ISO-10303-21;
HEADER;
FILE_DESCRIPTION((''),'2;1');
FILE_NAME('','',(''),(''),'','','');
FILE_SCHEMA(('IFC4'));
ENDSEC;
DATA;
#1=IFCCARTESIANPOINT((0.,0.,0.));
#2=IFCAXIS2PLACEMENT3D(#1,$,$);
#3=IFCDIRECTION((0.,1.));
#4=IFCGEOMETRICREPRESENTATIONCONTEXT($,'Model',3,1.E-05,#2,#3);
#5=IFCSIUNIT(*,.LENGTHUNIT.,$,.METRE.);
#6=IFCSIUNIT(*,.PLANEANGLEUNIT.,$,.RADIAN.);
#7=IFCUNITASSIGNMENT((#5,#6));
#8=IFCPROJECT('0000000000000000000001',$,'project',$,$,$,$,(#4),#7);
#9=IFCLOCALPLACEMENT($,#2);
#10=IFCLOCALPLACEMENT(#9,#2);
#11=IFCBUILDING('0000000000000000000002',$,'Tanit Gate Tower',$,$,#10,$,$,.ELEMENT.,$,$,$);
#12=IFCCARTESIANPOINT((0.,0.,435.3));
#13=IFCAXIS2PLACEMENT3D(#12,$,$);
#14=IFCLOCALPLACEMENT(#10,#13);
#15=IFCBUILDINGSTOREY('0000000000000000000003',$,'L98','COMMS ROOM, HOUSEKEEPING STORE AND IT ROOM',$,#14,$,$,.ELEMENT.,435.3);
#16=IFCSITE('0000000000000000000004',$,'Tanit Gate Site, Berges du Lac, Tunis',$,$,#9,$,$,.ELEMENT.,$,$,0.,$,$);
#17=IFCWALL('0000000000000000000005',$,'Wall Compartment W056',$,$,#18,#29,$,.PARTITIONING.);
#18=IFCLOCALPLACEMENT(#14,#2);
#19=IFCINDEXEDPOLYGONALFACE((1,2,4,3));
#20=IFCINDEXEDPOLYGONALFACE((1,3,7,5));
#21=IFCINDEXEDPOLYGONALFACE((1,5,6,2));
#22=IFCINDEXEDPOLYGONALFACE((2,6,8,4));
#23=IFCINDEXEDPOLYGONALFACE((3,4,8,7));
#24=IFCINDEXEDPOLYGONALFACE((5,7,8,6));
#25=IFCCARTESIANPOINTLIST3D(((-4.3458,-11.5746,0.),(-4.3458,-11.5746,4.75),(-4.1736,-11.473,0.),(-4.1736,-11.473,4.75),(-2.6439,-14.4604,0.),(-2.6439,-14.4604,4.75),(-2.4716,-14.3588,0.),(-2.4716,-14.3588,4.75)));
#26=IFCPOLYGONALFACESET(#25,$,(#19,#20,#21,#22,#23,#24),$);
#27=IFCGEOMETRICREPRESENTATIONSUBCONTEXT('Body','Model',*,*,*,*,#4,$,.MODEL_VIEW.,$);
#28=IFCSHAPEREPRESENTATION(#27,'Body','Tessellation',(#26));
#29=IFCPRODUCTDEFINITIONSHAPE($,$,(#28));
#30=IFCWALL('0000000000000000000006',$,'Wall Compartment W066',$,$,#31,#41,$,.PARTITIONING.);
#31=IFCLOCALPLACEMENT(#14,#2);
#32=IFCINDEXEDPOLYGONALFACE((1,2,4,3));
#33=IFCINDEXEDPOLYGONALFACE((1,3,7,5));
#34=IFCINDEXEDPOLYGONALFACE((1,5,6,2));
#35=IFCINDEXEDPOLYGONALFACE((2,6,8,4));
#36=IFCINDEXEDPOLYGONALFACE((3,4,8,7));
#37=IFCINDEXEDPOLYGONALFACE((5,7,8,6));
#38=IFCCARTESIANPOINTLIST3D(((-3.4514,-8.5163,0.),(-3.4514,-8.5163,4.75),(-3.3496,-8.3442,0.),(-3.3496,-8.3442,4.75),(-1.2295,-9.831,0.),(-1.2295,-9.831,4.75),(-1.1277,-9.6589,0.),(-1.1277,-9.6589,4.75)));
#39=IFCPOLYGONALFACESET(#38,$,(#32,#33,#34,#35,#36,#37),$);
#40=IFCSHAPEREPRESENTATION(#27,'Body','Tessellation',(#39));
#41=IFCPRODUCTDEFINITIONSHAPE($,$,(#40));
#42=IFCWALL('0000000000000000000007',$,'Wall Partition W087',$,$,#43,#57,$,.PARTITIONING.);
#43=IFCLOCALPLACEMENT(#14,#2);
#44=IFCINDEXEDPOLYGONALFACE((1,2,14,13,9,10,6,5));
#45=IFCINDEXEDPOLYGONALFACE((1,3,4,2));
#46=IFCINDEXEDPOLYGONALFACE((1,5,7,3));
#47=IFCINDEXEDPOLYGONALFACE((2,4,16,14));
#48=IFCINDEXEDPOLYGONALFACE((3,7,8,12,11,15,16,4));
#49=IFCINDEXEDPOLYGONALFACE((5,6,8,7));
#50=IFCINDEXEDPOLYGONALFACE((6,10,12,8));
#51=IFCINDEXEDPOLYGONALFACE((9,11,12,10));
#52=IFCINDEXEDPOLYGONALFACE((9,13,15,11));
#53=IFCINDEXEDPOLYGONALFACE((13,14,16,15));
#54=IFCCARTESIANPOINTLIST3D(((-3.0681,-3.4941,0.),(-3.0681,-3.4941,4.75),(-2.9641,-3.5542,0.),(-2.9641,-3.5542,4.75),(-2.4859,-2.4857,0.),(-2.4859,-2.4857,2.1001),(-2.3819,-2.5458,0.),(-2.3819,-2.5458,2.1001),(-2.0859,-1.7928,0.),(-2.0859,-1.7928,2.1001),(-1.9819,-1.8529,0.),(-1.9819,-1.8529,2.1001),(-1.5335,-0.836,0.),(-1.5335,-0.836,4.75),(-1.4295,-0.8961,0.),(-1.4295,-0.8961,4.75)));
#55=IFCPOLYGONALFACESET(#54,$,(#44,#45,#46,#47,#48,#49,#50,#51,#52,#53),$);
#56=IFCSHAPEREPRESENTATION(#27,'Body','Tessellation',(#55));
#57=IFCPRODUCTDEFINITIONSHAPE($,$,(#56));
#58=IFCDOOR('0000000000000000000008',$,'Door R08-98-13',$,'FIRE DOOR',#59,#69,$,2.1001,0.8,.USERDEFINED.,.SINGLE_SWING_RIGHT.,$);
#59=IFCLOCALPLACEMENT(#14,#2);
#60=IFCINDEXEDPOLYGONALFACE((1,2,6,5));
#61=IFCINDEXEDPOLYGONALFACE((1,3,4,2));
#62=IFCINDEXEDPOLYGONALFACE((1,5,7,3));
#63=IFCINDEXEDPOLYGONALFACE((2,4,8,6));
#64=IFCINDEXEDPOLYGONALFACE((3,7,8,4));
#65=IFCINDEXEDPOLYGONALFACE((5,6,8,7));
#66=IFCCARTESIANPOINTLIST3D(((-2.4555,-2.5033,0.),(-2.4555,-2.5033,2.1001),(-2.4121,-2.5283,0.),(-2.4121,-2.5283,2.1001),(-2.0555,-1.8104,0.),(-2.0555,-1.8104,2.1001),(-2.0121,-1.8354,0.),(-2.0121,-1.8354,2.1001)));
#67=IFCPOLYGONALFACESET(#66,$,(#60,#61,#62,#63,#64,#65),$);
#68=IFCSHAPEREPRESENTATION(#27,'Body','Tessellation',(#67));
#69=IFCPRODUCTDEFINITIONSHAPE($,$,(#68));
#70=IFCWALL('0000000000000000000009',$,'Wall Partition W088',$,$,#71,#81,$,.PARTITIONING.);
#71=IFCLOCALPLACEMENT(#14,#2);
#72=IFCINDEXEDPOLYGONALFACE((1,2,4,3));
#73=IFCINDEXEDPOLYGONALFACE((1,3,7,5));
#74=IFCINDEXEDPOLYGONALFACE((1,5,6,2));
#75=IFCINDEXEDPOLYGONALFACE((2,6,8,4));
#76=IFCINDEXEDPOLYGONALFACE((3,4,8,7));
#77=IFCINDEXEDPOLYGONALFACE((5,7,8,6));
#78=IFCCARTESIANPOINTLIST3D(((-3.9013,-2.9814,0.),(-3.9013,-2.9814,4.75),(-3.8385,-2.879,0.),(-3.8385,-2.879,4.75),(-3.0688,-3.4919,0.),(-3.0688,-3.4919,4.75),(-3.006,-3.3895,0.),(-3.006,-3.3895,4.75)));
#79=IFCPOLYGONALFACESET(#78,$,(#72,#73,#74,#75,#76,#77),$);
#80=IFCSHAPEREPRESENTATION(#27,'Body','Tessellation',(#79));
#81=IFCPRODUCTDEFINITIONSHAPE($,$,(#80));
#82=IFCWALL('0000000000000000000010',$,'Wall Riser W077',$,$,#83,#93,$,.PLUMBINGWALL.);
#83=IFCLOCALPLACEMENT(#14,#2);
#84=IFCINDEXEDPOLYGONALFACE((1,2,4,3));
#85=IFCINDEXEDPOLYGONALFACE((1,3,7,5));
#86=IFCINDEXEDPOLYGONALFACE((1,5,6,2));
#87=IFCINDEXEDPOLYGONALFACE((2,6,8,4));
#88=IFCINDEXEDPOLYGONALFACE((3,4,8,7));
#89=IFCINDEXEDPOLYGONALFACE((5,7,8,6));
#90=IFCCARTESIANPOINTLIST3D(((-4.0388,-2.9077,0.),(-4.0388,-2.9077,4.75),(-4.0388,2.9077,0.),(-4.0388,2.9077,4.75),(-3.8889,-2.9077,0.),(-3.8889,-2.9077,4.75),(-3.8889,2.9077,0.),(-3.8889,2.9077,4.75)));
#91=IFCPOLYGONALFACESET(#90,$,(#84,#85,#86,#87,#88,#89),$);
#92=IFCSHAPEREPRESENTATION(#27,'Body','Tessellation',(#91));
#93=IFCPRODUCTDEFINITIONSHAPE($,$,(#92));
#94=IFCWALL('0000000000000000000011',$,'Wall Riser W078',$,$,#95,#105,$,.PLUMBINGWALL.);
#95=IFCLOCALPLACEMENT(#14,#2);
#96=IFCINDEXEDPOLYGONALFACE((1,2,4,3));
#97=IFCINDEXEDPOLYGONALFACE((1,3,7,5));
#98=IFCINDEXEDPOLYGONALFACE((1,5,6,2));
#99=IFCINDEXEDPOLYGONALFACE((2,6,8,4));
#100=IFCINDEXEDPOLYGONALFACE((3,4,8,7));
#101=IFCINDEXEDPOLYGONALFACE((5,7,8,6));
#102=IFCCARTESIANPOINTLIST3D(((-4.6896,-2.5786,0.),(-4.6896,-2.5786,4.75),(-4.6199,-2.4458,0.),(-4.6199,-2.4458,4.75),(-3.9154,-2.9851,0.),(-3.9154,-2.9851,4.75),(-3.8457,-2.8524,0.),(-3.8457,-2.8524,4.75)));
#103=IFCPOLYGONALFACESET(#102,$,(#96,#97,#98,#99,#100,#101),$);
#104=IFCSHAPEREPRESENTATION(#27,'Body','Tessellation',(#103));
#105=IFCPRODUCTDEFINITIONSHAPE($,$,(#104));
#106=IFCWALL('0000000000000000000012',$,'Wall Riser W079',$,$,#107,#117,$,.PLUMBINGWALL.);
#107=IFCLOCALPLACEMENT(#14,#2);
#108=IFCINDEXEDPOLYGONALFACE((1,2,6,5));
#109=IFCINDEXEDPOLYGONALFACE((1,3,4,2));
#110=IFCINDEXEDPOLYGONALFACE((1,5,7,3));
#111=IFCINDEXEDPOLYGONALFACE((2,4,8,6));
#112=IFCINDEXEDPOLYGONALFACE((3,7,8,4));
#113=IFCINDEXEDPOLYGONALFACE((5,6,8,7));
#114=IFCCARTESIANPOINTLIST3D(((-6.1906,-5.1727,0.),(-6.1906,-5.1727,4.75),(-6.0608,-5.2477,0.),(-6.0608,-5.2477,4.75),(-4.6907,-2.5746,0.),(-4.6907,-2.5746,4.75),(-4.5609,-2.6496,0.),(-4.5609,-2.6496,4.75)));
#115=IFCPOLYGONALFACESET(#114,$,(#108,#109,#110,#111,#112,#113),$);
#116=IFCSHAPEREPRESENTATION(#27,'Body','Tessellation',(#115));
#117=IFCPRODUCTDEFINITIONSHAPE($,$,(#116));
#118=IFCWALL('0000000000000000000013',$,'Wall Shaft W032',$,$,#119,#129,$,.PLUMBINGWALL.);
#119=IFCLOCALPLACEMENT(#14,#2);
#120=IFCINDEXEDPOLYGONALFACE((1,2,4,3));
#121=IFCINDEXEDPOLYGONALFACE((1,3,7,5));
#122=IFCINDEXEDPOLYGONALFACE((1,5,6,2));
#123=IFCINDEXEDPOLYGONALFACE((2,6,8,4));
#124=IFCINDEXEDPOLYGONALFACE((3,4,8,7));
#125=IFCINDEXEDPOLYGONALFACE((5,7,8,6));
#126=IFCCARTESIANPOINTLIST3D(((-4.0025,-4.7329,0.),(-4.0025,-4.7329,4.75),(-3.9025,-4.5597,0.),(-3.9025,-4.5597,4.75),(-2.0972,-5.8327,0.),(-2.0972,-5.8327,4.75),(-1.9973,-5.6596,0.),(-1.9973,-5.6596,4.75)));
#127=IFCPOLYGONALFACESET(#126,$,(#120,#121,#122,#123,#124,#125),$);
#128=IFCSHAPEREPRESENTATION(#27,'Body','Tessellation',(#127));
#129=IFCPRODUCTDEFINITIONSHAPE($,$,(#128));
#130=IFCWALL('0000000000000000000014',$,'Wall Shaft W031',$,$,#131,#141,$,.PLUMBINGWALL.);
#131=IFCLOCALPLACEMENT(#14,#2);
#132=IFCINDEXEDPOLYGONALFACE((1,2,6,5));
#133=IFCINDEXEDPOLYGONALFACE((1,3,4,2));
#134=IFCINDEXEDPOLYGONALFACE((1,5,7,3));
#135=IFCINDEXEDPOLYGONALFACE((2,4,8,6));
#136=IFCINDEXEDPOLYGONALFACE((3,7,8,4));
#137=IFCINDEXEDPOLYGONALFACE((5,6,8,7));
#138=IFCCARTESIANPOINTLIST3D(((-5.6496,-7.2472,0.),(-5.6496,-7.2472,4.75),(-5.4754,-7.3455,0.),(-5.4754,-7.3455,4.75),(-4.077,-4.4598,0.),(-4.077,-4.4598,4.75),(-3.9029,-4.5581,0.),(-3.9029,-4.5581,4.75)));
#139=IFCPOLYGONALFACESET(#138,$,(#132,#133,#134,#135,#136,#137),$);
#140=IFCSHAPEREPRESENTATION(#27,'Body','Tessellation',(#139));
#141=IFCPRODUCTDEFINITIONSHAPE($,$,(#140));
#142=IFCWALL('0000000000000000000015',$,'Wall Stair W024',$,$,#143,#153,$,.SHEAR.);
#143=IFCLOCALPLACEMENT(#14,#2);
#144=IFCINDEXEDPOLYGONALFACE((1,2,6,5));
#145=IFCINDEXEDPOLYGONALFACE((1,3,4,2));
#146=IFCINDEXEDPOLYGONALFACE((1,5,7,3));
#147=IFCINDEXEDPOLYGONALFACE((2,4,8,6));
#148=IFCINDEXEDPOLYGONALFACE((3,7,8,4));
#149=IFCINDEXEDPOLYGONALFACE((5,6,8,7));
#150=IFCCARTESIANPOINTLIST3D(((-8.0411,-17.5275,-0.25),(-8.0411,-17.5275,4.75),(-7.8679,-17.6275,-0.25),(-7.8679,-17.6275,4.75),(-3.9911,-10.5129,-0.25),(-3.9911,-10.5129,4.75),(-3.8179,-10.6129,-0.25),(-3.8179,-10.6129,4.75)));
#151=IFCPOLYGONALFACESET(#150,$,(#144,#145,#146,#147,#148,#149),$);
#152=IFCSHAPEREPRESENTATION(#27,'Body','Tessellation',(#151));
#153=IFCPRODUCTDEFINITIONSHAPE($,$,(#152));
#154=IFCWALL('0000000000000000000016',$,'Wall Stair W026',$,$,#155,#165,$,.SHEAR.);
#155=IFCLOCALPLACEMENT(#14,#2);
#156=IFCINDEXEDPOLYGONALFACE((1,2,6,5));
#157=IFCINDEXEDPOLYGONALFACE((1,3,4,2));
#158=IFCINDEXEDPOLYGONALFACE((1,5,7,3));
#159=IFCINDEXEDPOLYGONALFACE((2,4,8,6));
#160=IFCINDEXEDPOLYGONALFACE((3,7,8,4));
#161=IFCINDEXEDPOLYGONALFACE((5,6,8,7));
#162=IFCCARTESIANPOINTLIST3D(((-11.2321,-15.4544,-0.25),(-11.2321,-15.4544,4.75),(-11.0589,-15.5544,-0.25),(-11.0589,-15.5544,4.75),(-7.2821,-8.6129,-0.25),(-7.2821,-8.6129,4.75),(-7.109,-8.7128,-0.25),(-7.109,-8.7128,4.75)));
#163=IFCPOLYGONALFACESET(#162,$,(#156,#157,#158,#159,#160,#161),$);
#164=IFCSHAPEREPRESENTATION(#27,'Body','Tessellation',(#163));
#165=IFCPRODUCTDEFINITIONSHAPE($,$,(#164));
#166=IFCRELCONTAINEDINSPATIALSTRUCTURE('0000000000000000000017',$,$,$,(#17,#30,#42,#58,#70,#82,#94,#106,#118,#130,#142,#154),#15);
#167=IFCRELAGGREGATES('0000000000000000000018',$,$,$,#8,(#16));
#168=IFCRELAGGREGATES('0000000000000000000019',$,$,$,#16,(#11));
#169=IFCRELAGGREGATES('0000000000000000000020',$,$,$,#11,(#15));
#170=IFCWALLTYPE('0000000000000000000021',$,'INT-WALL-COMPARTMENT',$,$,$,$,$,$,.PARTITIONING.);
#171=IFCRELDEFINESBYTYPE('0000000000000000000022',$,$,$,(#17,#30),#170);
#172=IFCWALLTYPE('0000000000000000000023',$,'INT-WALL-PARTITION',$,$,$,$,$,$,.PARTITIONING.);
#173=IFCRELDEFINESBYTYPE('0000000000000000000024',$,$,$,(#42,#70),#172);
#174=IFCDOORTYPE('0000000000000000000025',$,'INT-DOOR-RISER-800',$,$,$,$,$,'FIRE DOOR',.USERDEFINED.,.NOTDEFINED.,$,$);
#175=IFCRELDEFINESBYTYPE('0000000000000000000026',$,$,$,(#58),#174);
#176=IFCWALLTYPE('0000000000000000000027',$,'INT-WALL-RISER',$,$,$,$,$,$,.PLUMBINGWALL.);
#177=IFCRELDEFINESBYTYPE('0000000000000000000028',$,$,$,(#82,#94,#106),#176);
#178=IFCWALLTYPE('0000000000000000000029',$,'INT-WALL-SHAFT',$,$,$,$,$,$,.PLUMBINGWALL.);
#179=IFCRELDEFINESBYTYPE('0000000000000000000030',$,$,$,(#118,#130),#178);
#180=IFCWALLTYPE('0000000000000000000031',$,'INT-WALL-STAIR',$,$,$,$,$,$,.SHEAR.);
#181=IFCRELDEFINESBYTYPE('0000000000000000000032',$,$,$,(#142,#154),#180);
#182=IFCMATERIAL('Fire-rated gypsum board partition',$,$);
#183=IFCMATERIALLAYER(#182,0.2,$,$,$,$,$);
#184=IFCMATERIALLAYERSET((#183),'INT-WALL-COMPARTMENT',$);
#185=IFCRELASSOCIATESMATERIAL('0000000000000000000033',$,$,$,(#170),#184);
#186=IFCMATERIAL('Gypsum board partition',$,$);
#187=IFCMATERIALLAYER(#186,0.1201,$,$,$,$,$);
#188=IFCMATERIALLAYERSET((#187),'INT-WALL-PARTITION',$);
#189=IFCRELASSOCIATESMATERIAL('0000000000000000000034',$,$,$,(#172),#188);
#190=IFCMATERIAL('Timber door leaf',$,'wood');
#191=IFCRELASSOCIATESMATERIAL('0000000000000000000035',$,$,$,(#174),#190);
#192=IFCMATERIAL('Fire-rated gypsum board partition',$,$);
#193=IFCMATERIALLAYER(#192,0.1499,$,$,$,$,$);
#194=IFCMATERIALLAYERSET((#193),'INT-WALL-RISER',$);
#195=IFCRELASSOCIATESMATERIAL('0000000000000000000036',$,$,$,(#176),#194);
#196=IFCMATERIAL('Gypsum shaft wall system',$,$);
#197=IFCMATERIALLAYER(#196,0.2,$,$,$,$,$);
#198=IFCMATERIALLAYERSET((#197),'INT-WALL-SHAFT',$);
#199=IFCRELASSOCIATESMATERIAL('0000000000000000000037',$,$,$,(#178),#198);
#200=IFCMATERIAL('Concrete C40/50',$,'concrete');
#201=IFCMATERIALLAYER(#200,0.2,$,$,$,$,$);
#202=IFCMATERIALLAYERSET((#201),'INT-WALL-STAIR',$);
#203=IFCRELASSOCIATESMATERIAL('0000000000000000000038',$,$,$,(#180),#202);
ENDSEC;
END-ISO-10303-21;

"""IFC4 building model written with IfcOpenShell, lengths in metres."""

from ifc_helpers import new_model, si_unit, direction, frame, frame_2d, origin, place, context, subcontext, project, spatial, rectangle, extrude, material, layer, layer_set, type_object, element, fill, save


model = new_model("IFC4")

# Units and contexts
model_context = context("Model", 3, precision=1e-05, world=origin(), true_north=direction((0.0, 1.0)))
body_context = subcontext(model_context, "Body", "Model", "MODEL_VIEW")
ifc_project = project(units=[si_unit("LENGTHUNIT", "METRE"), si_unit("PLANEANGLEUNIT", "RADIAN")], contexts=[model_context])

# Site, building, storey
site_placement = place(None, origin())
site = spatial("IfcSite", under=ifc_project, at=site_placement, Name="Tanit Gate Site, Berges du Lac, Tunis", CompositionType="ELEMENT", RefElevation=0.0)
building_placement = place(site_placement, origin())
building = spatial("IfcBuilding", under=site, at=building_placement, Name="Tanit Gate Tower", CompositionType="ELEMENT")
storey_placement = place(building_placement, frame((0.0, 0.0, 435.3)))
storey = spatial("IfcBuildingStorey", under=building, at=storey_placement, Name="L98", Description="COMMS ROOM, HOUSEKEEPING STORE AND IT ROOM", CompositionType="ELEMENT", Elevation=435.3)

# Walls
ifc_material_1 = material(Name="Fire-rated gypsum board partition")
ifc_layer_1 = layer(ifc_material_1, 0.2)
ifc_layer_set_1 = layer_set([ifc_layer_1], Name="INT-WALL-COMPARTMENT")
wall_type_1 = type_object("IfcWallType", Name="INT-WALL-COMPARTMENT", PredefinedType="PARTITIONING", material=ifc_layer_set_1)
wall_1_placement = place(storey_placement, frame((-4.2598, -11.5237, 0.0), z_axis=(0.0, 0.0, 1.0), x_axis=(0.507997, -0.861359, 0.0)))
element("IfcWall", 1, at=wall_1_placement, inside=storey, type_object=wall_type_1, Name="Wall Compartment W056", PredefinedType="PARTITIONING", context=body_context, shape_type="SweptSolid", body=[
    extrude(rectangle(XDim=3.3503, YDim=0.2, at=frame_2d((1.6753, 0.0))), origin(), (0.0, 0.0, 1.0), 4.75),
])
wall_2_placement = place(storey_placement, frame((-3.4006, -8.4302, 0.0), z_axis=(0.0, 0.0, 1.0), x_axis=(0.860631, -0.509229, 0.0)))
element("IfcWall", 2, at=wall_2_placement, inside=storey, type_object=wall_type_1, Name="Wall Compartment W066", PredefinedType="PARTITIONING", context=body_context, shape_type="SweptSolid", body=[
    extrude(rectangle(XDim=2.5818, YDim=0.2, at=frame_2d((1.291, 0.0))), origin(), (0.0, 0.0, 1.0), 4.75),
])

# Wall, opening, door
ifc_material_2 = material(Name="Gypsum board partition")
ifc_layer_2 = layer(ifc_material_2, 0.1201)
ifc_layer_set_2 = layer_set([ifc_layer_2], Name="INT-WALL-PARTITION")
wall_type_2 = type_object("IfcWallType", Name="INT-WALL-PARTITION", PredefinedType="PARTITIONING", material=ifc_layer_set_2)
wall_3_placement = place(storey_placement, frame((-3.0161, -3.5242, 0.0), z_axis=(0.0, 0.0, 1.0), x_axis=(0.499989, 0.866032, 0.0)))
wall_3 = element("IfcWall", 3, at=wall_3_placement, inside=storey, type_object=wall_type_2, Name="Wall Partition W087", PredefinedType="PARTITIONING", context=body_context, shape_type="SweptSolid", body=[
    extrude(rectangle(XDim=3.0693, YDim=0.1201, at=frame_2d((1.5347, 0.0))), origin(), (0.0, 0.0, 1.0), 4.75),
])
opening_1_placement = place(wall_3_placement, frame((1.1646, 0.0, 0.0)))
opening_1 = element("IfcOpeningElement", 4, at=opening_1_placement, cuts=wall_3, PredefinedType="OPENING", context=body_context, shape_type="SweptSolid", body=[
    extrude(rectangle(XDim=0.8, YDim=2.1001, at=frame_2d((0.3999, 1.05))), frame((0.0, 0.0701, 0.0), z_axis=(0.0, -1.0, 0.0), x_axis=(1.0, 0.0, 0.0)), (0.0, 0.0, 1.0), 0.1401),
])
ifc_material_3 = material(Name="Timber door leaf", Category="wood")
door_type_1 = type_object("IfcDoorType", Name="INT-DOOR-RISER-800", ElementType="FIRE DOOR", OperationType="NOTDEFINED", PredefinedType="USERDEFINED", material=ifc_material_3)
door_1_placement = place(opening_1_placement, origin())
door_1 = element("IfcDoor", 5, at=door_1_placement, inside=storey, type_object=door_type_1, Name="Door R08-98-13", ObjectType="FIRE DOOR", OperationType="SINGLE_SWING_RIGHT", OverallHeight=2.1001, OverallWidth=0.8, PredefinedType="USERDEFINED", context=body_context, shape_type="SweptSolid", body=[
    extrude(rectangle(XDim=0.8, YDim=2.1001, at=frame_2d((0.3999, 1.05))), frame((0.0, 0.0249, 0.0), z_axis=(0.0, -1.0, 0.0), x_axis=(1.0, 0.0, 0.0)), (0.0, 0.0, 1.0), 0.05),
])
fill(opening_1, door_1)

# Walls
wall_4_placement = place(storey_placement, frame((-3.8699, -2.9302, 0.0), z_axis=(0.0, 0.0, 1.0), x_axis=(0.85249, -0.522744, 0.0)))
element("IfcWall", 6, at=wall_4_placement, inside=storey, type_object=wall_type_2, Name="Wall Partition W088", PredefinedType="PARTITIONING", context=body_context, shape_type="SweptSolid", body=[
    extrude(rectangle(XDim=0.9766, YDim=0.1201, at=frame_2d((0.4883, 0.0))), origin(), (0.0, 0.0, 1.0), 4.75),
])
ifc_material_4 = material(Name="Fire-rated gypsum board partition")
ifc_layer_3 = layer(ifc_material_4, 0.1499)
ifc_layer_set_3 = layer_set([ifc_layer_3], Name="INT-WALL-RISER")
wall_type_3 = type_object("IfcWallType", Name="INT-WALL-RISER", PredefinedType="PLUMBINGWALL", material=ifc_layer_set_3)
wall_5_placement = place(storey_placement, frame((-3.9639, -2.9077, 0.0), z_axis=(0.0, 0.0, 1.0), x_axis=(0.0, 1.0, 0.0)))
element("IfcWall", 7, at=wall_5_placement, inside=storey, type_object=wall_type_3, Name="Wall Riser W077", PredefinedType="PLUMBINGWALL", context=body_context, shape_type="SweptSolid", body=[
    extrude(rectangle(XDim=5.8154, YDim=0.1499, at=frame_2d((2.9077, 0.0))), origin(), (0.0, 0.0, 1.0), 4.75),
])
wall_6_placement = place(storey_placement, frame((-4.6548, -2.5122, 0.0), z_axis=(0.0, 0.0, 1.0), x_axis=(0.885372, -0.464883, 0.0)))
element("IfcWall", 8, at=wall_6_placement, inside=storey, type_object=wall_type_3, Name="Wall Riser W078", PredefinedType="PLUMBINGWALL", context=body_context, shape_type="SweptSolid", body=[
    extrude(rectangle(XDim=0.8745, YDim=0.1499, at=frame_2d((0.4373, 0.0))), origin(), (0.0, 0.0, 1.0), 4.75),
])
wall_7_placement = place(storey_placement, frame((-6.1257, -5.2102, 0.0), z_axis=(0.0, 0.0, 1.0), x_axis=(0.49999, 0.866031, 0.0)))
element("IfcWall", 9, at=wall_7_placement, inside=storey, type_object=wall_type_3, Name="Wall Riser W079", PredefinedType="PLUMBINGWALL", context=body_context, shape_type="SweptSolid", body=[
    extrude(rectangle(XDim=3.0, YDim=0.1499, at=frame_2d((1.5, 0.0))), origin(), (0.0, 0.0, 1.0), 4.75),
])

# Shared definitions
ifc_material_5 = material(Name="Gypsum shaft wall system")
ifc_layer_4 = layer(ifc_material_5, 0.2)
ifc_layer_set_4 = layer_set([ifc_layer_4], Name="INT-WALL-SHAFT")
wall_type_4 = type_object("IfcWallType", Name="INT-WALL-SHAFT", PredefinedType="PLUMBINGWALL", material=ifc_layer_set_4)

# Walls
wall_8_placement = place(storey_placement, frame((-3.9526, -4.6462, 0.0), z_axis=(0.0, 0.0, 1.0), x_axis=(0.866056, -0.499947, 0.0)))
element("IfcWall", 10, at=wall_8_placement, inside=storey, type_object=wall_type_4, Name="Wall Shaft W032", PredefinedType="PLUMBINGWALL", context=body_context, shape_type="SweptSolid", body=[
    extrude(rectangle(XDim=2.2, YDim=0.2, at=frame_2d((1.1001, 0.0))), origin(), (0.0, 0.0, 1.0), 4.75),
])
wall_9_placement = place(storey_placement, frame((-3.99, -4.509, 0.0), z_axis=(0.0, 0.0, 1.0), x_axis=(-0.491358, -0.870958, 0.0)))
element("IfcWall", 11, at=wall_9_placement, inside=storey, type_object=wall_type_4, Name="Wall Shaft W031", PredefinedType="PLUMBINGWALL", context=body_context, shape_type="SweptSolid", body=[
    extrude(rectangle(XDim=3.2004, YDim=0.2, at=frame_2d((1.6001, 0.0))), origin(), (0.0, 0.0, 1.0), 4.75),
])
ifc_material_6 = material(Name="Concrete C40/50", Category="concrete")
ifc_layer_5 = layer(ifc_material_6, 0.2)
ifc_layer_set_5 = layer_set([ifc_layer_5], Name="INT-WALL-STAIR")
wall_type_5 = type_object("IfcWallType", Name="INT-WALL-STAIR", PredefinedType="SHEAR", material=ifc_layer_set_5)
wall_10_placement = place(storey_placement, frame((-3.9045, -10.563, -0.25), z_axis=(0.0, 0.0, 1.0), x_axis=(-0.500013, -0.866018, 0.0)))
element("IfcWall", 12, at=wall_10_placement, inside=storey, type_object=wall_type_5, Name="Wall Stair W024", PredefinedType="SHEAR", context=body_context, shape_type="SweptSolid", body=[
    extrude(rectangle(XDim=8.0999, YDim=0.2, at=frame_2d((4.0498, 0.0))), origin(), (0.0, 0.0, 1.0), 5.0),
])
wall_11_placement = place(storey_placement, frame((-7.1956, -8.6628, -0.25), z_axis=(0.0, 0.0, 1.0), x_axis=(-0.499998, -0.866027, 0.0)))
element("IfcWall", 13, at=wall_11_placement, inside=storey, type_object=wall_type_5, Name="Wall Stair W026", PredefinedType="SHEAR", context=body_context, shape_type="SweptSolid", body=[
    extrude(rectangle(XDim=7.8999, YDim=0.2, at=frame_2d((3.95, 0.0))), origin(), (0.0, 0.0, 1.0), 5.0),
])

save(model, "model.ifc")
